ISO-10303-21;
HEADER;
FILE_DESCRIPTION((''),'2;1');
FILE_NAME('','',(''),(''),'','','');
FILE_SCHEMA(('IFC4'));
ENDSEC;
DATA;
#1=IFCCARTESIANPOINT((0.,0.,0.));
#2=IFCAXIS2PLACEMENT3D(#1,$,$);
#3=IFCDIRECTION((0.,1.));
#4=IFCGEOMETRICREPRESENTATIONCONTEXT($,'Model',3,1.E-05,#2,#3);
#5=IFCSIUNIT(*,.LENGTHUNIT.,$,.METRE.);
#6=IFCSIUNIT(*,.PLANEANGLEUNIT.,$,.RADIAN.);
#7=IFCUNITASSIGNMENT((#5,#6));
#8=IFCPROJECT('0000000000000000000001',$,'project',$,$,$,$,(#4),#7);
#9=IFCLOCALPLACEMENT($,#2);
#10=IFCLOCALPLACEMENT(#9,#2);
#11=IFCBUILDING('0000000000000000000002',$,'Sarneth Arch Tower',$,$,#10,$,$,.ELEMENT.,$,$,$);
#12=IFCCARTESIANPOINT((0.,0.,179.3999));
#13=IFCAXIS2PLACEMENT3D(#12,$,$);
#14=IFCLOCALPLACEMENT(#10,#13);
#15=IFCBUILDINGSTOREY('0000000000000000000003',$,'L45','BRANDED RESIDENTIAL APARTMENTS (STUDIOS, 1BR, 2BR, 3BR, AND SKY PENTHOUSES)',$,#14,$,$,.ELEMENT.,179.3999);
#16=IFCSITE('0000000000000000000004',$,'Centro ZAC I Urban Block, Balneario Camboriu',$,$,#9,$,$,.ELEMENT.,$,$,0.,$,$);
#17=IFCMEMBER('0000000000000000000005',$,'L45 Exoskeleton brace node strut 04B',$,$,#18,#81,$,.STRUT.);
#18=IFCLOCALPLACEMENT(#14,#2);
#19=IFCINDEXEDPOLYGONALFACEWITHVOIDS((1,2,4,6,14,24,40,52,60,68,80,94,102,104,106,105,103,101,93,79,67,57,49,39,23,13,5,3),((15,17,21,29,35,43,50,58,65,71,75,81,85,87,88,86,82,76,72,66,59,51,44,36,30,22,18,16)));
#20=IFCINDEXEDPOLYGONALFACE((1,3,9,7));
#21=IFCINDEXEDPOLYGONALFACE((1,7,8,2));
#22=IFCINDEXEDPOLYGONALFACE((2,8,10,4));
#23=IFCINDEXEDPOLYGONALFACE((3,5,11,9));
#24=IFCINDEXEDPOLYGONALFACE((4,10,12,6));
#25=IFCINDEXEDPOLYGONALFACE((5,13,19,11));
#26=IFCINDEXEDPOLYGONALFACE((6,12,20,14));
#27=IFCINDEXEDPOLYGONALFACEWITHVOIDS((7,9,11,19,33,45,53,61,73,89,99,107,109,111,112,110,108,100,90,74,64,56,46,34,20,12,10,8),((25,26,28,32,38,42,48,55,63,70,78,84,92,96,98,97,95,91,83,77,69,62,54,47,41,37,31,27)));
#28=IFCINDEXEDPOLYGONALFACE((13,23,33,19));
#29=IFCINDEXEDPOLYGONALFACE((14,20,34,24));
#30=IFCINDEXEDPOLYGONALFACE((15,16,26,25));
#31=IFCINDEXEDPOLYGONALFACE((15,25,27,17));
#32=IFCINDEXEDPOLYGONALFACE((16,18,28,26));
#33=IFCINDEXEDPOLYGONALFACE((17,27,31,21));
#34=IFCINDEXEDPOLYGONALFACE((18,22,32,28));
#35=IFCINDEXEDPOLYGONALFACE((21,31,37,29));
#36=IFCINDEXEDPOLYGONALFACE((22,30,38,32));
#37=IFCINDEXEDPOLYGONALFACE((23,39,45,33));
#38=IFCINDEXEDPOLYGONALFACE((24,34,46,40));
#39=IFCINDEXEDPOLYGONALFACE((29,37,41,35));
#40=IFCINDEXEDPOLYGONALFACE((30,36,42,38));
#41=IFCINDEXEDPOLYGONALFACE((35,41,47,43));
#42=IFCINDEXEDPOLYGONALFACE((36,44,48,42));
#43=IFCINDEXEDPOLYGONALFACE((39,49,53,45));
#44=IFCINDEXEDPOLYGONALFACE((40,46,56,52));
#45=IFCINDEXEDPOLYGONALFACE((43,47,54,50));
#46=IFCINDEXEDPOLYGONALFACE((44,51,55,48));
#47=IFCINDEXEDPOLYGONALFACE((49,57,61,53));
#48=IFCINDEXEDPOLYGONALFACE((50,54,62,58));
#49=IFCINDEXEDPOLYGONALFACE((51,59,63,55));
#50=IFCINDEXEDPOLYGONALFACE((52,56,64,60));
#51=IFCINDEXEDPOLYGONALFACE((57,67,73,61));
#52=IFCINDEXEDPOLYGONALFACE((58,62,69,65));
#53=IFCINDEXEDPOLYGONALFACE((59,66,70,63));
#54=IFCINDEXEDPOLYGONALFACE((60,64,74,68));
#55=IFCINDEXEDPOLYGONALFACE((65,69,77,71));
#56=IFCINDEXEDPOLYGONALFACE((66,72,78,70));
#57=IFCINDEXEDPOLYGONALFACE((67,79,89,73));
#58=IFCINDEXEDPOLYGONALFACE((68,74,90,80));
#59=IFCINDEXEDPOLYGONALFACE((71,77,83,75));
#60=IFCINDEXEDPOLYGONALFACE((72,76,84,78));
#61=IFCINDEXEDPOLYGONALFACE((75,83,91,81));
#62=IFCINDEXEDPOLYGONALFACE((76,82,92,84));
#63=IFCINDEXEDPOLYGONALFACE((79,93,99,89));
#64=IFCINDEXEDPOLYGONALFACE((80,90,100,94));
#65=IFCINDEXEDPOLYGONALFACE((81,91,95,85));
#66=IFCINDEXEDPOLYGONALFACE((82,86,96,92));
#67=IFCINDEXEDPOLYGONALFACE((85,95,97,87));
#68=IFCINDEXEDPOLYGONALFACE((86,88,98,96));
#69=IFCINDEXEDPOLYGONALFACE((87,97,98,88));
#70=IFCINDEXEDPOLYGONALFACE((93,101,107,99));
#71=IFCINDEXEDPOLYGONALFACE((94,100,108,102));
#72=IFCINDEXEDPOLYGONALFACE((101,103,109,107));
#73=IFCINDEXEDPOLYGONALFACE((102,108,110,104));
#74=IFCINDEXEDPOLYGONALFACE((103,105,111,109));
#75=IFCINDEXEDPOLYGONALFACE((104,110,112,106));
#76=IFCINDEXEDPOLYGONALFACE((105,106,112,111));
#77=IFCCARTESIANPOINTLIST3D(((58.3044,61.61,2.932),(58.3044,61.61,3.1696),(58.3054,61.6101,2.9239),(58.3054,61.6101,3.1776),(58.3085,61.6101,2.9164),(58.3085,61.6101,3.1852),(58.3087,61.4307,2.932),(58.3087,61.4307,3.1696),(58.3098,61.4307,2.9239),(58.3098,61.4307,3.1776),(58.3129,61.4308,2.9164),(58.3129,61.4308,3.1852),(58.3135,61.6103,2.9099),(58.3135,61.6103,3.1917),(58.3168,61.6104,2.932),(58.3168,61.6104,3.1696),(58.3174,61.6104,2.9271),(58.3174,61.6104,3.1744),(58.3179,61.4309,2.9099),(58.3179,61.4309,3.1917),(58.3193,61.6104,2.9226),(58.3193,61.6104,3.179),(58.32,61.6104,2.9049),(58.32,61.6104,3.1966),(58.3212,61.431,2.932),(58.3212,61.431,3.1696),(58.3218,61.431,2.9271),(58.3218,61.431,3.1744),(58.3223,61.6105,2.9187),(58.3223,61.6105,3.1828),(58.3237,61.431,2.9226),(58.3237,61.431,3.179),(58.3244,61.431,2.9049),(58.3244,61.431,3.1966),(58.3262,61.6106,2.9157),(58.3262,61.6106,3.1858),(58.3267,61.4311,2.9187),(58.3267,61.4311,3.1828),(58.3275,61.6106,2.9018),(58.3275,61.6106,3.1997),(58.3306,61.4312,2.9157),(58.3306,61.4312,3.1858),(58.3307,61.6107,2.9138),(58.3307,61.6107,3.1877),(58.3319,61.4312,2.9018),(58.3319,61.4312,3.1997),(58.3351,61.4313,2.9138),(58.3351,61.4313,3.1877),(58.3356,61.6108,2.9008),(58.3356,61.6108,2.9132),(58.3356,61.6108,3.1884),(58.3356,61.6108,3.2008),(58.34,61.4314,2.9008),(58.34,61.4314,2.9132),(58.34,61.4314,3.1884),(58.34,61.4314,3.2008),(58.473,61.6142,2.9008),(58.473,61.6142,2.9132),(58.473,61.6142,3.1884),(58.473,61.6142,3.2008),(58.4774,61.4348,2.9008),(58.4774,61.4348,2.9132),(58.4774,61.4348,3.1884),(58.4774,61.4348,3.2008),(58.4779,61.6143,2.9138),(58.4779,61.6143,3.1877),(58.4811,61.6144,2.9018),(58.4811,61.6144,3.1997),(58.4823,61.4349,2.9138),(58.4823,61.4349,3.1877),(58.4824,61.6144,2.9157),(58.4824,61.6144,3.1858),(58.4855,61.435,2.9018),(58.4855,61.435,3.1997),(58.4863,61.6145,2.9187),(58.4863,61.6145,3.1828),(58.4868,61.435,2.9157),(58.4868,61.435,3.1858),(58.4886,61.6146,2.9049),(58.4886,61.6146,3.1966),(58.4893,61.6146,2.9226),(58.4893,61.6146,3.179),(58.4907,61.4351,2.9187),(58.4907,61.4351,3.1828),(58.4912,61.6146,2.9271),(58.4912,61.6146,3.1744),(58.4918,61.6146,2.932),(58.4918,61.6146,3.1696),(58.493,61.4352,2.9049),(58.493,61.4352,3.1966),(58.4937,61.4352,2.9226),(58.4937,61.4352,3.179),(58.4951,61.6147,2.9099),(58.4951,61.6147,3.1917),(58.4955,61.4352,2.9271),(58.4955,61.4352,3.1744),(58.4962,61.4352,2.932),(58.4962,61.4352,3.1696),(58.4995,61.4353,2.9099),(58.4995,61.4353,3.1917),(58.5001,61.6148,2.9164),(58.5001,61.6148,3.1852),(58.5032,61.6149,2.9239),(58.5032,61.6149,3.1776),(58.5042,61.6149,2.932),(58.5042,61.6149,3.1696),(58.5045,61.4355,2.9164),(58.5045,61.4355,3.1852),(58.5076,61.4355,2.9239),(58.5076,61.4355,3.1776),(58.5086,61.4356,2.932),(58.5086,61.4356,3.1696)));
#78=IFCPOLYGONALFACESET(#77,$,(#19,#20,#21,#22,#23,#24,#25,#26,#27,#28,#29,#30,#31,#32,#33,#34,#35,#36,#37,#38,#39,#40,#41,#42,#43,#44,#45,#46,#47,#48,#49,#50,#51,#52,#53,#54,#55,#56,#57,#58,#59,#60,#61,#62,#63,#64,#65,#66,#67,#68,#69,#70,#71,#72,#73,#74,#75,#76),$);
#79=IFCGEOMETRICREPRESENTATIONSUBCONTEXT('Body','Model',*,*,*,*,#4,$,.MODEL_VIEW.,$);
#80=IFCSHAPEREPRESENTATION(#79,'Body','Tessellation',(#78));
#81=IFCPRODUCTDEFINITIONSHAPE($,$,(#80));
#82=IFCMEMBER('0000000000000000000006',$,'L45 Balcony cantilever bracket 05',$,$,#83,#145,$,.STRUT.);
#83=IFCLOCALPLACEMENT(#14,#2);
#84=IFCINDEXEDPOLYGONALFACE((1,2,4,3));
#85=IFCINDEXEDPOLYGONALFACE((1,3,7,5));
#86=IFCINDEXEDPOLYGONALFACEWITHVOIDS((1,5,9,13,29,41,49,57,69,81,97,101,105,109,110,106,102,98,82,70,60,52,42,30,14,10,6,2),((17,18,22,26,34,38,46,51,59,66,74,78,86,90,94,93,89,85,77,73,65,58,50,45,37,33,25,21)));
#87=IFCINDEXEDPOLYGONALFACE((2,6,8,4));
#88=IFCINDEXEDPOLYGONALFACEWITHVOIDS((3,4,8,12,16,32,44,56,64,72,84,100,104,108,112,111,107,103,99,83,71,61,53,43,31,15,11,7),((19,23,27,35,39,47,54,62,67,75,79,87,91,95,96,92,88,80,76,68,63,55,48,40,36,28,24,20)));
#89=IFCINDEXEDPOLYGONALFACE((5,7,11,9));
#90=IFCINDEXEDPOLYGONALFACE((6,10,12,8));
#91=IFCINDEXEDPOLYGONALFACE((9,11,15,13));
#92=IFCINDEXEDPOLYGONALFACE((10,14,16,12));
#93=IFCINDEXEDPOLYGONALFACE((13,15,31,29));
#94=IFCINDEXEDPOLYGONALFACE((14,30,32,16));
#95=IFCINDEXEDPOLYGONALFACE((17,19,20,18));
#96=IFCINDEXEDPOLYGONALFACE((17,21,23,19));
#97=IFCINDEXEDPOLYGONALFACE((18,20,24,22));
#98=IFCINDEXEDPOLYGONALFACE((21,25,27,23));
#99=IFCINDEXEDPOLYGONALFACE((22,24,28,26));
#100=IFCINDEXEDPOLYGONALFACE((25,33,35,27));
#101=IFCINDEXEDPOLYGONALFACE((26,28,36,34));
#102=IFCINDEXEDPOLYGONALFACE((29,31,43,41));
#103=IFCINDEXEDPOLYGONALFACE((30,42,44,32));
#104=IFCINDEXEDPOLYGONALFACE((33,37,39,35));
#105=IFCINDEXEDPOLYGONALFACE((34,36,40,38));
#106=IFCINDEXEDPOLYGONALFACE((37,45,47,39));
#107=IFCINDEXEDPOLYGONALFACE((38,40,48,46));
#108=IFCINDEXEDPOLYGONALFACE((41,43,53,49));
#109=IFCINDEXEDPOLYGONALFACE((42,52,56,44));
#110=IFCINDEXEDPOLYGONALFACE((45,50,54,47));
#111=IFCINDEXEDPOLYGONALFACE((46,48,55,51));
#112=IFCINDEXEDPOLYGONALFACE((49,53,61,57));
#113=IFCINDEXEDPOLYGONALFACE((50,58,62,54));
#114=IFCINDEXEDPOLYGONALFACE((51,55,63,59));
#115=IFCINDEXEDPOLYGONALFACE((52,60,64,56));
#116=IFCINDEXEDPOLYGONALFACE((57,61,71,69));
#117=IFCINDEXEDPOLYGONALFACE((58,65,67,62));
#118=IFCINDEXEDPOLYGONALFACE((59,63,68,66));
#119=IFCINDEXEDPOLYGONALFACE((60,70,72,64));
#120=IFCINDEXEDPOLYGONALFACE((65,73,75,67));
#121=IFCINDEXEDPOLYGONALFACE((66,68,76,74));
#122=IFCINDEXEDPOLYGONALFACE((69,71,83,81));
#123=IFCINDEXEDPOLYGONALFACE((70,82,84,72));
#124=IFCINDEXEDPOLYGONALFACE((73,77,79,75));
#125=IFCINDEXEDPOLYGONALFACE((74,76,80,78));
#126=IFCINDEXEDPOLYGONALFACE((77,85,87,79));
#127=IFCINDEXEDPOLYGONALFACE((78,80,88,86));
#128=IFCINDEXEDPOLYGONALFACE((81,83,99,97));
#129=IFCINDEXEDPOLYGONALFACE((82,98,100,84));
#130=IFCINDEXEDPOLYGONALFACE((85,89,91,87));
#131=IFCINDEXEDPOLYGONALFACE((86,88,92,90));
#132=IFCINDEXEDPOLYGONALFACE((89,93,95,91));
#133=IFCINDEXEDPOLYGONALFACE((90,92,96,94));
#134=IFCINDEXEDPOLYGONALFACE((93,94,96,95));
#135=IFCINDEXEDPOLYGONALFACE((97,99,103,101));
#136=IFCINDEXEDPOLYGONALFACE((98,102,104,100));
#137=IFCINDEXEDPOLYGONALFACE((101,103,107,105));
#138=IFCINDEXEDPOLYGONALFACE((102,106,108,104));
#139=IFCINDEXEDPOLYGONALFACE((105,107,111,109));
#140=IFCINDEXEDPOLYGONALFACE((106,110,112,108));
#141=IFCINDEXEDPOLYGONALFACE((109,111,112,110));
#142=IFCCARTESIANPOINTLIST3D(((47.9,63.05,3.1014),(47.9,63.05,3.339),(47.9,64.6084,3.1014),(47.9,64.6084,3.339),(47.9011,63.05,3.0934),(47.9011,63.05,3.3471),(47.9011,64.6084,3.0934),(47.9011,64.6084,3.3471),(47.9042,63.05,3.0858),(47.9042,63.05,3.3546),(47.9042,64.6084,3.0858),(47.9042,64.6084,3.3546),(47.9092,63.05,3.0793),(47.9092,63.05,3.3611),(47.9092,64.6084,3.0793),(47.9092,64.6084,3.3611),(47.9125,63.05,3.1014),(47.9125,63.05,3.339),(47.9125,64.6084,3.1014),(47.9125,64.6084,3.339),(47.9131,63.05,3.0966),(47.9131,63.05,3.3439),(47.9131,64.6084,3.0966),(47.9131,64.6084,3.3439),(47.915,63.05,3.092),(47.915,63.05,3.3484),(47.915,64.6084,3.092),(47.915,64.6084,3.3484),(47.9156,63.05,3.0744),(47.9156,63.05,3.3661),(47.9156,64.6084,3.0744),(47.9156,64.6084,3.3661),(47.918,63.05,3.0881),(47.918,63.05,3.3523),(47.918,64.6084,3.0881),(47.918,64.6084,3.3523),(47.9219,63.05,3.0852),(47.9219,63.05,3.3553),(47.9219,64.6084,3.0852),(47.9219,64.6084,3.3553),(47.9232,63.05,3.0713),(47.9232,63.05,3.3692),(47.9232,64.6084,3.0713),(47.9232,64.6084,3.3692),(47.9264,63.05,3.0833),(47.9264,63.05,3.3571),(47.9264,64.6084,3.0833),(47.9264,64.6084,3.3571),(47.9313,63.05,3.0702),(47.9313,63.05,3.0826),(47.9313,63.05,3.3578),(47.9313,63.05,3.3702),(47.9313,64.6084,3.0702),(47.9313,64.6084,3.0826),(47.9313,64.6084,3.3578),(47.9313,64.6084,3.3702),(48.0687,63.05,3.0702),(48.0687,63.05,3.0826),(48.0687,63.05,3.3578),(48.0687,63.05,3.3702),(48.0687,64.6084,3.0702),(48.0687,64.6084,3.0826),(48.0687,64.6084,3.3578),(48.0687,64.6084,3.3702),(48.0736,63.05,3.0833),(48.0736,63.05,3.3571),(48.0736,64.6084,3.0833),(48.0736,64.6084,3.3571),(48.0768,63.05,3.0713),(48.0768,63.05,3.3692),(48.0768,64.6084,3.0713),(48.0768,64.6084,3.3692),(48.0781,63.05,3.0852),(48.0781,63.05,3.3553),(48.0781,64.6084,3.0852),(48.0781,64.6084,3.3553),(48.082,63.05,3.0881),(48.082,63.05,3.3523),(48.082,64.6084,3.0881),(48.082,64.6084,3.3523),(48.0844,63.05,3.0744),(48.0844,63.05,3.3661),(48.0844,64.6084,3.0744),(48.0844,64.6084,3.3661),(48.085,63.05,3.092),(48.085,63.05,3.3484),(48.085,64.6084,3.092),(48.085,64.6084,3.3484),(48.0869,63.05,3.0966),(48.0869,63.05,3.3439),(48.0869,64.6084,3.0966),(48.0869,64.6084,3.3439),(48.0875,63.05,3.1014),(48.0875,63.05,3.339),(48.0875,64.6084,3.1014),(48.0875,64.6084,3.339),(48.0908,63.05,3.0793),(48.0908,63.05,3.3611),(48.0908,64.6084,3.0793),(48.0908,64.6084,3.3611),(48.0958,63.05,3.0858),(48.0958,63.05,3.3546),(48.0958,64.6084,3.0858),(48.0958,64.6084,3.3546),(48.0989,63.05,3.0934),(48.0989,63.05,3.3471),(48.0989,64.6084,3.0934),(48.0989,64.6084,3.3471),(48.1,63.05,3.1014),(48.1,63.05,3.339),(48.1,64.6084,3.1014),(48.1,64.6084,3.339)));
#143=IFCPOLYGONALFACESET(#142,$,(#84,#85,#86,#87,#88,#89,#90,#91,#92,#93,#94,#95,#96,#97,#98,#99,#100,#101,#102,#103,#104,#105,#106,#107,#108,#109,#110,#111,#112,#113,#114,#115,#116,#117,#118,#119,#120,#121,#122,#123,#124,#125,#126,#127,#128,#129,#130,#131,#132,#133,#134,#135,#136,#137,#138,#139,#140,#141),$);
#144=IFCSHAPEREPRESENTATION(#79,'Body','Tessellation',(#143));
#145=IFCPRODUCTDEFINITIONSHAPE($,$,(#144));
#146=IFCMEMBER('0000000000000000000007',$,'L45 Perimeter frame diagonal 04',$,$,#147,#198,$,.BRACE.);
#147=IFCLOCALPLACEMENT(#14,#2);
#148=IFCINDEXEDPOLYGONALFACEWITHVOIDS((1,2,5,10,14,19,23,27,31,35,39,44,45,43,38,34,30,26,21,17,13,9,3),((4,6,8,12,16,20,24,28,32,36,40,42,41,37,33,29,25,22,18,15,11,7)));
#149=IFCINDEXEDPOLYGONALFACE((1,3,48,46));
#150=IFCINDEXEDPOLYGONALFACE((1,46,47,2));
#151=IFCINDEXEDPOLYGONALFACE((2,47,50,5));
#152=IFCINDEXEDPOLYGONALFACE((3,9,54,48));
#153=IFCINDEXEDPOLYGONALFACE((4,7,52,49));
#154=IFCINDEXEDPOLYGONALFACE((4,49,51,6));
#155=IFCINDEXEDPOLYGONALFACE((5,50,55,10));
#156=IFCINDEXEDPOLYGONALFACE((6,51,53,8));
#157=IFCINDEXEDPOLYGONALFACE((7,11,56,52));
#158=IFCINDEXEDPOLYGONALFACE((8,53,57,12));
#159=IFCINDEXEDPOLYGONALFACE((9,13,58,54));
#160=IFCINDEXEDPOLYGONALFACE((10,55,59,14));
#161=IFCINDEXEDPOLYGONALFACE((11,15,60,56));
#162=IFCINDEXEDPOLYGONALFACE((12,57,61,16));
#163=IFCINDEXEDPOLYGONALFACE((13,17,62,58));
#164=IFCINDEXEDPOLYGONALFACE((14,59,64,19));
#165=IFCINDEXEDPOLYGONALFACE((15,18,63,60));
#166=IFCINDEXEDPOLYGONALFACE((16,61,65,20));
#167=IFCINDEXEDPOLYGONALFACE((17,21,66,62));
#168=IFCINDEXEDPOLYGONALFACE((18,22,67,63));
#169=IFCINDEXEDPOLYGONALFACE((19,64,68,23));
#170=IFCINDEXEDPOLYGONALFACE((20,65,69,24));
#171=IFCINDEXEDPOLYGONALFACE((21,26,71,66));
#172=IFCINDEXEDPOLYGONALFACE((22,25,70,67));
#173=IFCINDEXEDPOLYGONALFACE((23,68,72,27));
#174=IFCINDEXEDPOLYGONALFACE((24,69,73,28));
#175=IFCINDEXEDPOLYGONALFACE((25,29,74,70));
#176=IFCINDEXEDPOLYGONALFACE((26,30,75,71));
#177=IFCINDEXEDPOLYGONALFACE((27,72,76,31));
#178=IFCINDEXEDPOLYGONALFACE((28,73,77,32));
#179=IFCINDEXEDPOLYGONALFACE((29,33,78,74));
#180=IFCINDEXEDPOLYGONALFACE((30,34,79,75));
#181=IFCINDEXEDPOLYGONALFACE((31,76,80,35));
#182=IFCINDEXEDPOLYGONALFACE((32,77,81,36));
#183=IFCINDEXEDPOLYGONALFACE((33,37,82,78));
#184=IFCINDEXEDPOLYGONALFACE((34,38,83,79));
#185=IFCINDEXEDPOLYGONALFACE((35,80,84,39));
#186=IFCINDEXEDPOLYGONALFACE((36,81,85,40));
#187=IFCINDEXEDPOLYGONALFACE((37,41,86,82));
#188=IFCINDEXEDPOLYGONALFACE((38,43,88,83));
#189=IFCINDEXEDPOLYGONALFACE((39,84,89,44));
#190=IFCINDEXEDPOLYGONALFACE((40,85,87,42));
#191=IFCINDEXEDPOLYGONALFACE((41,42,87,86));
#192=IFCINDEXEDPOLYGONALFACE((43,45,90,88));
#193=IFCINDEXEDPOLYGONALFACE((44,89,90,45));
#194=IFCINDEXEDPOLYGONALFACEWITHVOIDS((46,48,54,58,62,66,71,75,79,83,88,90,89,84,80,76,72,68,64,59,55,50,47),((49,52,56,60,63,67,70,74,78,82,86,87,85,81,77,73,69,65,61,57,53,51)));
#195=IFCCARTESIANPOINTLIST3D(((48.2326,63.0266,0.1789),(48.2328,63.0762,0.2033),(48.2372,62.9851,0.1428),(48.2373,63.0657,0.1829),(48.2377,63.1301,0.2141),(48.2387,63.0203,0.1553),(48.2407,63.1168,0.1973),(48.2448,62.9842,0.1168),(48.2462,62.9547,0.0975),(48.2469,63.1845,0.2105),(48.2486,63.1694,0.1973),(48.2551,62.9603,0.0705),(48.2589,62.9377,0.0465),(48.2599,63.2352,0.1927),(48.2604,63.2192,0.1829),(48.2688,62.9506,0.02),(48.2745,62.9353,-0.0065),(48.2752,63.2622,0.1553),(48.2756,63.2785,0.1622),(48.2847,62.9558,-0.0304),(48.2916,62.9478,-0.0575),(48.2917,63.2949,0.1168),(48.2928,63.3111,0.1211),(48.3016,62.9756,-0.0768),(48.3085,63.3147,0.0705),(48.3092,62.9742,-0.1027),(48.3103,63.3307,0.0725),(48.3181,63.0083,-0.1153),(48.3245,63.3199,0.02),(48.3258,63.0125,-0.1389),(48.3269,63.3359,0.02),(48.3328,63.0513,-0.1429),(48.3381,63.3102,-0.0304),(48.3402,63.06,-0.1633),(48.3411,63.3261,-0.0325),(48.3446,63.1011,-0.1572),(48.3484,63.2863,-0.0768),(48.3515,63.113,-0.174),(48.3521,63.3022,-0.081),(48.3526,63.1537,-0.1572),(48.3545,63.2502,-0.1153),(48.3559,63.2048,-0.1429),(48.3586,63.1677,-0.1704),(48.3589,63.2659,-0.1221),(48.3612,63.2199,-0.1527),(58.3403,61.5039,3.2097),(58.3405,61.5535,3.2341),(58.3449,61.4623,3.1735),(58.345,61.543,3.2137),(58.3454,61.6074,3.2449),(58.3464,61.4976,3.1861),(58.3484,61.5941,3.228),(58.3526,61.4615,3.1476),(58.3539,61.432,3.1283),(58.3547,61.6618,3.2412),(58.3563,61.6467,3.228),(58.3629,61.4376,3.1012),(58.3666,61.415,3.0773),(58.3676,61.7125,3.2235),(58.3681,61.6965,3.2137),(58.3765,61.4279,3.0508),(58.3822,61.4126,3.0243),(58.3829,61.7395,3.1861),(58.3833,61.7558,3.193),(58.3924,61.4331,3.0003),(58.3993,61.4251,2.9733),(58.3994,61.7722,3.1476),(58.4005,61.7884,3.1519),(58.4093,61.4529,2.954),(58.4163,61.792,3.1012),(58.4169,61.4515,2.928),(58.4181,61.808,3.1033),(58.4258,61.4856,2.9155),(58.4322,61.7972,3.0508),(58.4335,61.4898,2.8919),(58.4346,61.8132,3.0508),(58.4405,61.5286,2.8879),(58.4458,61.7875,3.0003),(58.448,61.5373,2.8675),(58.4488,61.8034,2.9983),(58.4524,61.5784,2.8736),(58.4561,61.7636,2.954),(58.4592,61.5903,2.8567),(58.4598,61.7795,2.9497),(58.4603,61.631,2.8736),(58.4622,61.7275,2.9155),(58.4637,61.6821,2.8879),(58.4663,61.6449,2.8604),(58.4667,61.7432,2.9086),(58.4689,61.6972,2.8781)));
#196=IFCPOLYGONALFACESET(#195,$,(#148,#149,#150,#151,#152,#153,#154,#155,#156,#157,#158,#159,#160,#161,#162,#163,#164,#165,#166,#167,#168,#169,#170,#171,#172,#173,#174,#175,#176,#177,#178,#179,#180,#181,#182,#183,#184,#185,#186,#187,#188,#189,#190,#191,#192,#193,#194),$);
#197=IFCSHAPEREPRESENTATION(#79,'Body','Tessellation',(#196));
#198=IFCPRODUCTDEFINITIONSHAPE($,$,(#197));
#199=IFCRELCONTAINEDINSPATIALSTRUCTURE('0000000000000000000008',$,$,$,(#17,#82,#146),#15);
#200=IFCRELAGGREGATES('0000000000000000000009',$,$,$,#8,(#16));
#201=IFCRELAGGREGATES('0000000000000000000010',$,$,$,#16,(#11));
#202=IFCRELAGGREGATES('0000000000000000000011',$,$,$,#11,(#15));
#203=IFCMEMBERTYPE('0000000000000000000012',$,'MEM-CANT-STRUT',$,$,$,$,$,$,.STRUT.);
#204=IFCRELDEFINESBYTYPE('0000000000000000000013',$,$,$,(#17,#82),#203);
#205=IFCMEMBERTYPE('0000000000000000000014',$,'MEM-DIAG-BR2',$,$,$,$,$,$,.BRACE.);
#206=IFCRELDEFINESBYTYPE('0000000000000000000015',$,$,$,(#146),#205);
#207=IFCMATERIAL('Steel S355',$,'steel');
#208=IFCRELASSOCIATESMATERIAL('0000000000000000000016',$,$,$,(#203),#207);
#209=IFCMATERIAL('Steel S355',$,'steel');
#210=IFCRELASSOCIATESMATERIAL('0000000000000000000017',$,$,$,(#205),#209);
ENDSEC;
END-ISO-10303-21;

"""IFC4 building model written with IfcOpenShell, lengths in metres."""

from ifc_helpers import new_model, si_unit, direction, frame, origin, origin_2d, place, context, subcontext, project, spatial, hollow_rectangle, hollow_circle, extrude, material, material_profile, profile_set, type_object, element, save


model = new_model("IFC4")

# Units and contexts
model_context = context("Model", 3, precision=1e-05, world=origin(), true_north=direction((0.0, 1.0)))
body_context = subcontext(model_context, "Body", "Model", "MODEL_VIEW")
ifc_project = project(units=[si_unit("LENGTHUNIT", "METRE"), si_unit("PLANEANGLEUNIT", "RADIAN")], contexts=[model_context])

# Site, building, storey
site_placement = place(None, origin())
site = spatial("IfcSite", under=ifc_project, at=site_placement, Name="Centro ZAC I Urban Block, Balneario Camboriu", CompositionType="ELEMENT", RefElevation=0.0)
building_placement = place(site_placement, origin())
building = spatial("IfcBuilding", under=site, at=building_placement, Name="Sarneth Arch Tower", CompositionType="ELEMENT")
storey_placement = place(building_placement, frame((0.0, 0.0, 179.3999)))
storey = spatial("IfcBuildingStorey", under=building, at=storey_placement, Name="L45", Description="BRANDED RESIDENTIAL APARTMENTS (STUDIOS, 1BR, 2BR, 3BR, AND SKY PENTHOUSES)", CompositionType="ELEMENT", Elevation=179.3999)

# Members
ifc_material_1 = material(Name="Steel S355", Category="steel")
ifc_material_profile_1 = material_profile(ifc_material_1, hollow_rectangle(XDim=0.2, YDim=0.3, WallThickness=0.0125, InnerFilletRadius=0.0188, OuterFilletRadius=0.0312, at=origin_2d()), Name="RHS300x200x12.5")
ifc_profile_set_1 = profile_set([ifc_material_profile_1], Name="Steel S355")
member_type_1 = type_object("IfcMemberType", Name="MEM-CANT-STRUT", PredefinedType="STRUT", material=ifc_profile_set_1)
member_1_placement = place(storey_placement, frame((58.4087, 61.4331, 3.0508), z_axis=(-0.024482, 0.9997, 0.0), x_axis=(-0.9997, -0.024482, 0.0)))
element("IfcMember", 1, at=member_1_placement, inside=storey, type_object=member_type_1, Name="L45 Exoskeleton brace node strut 04B", PredefinedType="STRUT", context=body_context, shape_type="SweptSolid", body=[
    extrude(hollow_rectangle(XDim=0.2, YDim=0.3, WallThickness=0.0125, InnerFilletRadius=0.0188, OuterFilletRadius=0.0312, at=origin_2d()), origin(), (0.0, 0.0, 1.0), 0.1794),
])
member_2_placement = place(storey_placement, frame((48.0, 63.05, 3.2202), z_axis=(0.0, 1.0, 0.0), x_axis=(-1.0, 0.0, 0.0)))
element("IfcMember", 2, at=member_2_placement, inside=storey, type_object=member_type_1, Name="L45 Balcony cantilever bracket 05", PredefinedType="STRUT", context=body_context, shape_type="SweptSolid", body=[
    extrude(hollow_rectangle(XDim=0.2, YDim=0.3, WallThickness=0.0125, InnerFilletRadius=0.0188, OuterFilletRadius=0.0312, at=origin_2d()), origin(), (0.0, 0.0, 1.0), 1.5583),
])
ifc_material_2 = material(Name="Steel S355", Category="steel")
ifc_material_profile_2 = material_profile(ifc_material_2, hollow_circle(Radius=0.2029, WallThickness=0.0161, at=origin_2d()), Name="CHS406x16")
ifc_profile_set_2 = profile_set([ifc_material_profile_2], Name="Steel S355")
member_type_2 = type_object("IfcMemberType", Name="MEM-DIAG-BR2", PredefinedType="BRACE", material=ifc_profile_set_2)
member_3_placement = place(storey_placement, frame((48.2966, 63.1353, 0.02), z_axis=(0.948047, -0.142822, 0.28427), x_axis=(0.148968, 0.988842, 0.0)))
element("IfcMember", 3, at=member_3_placement, inside=storey, type_object=member_type_2, Name="L45 Perimeter frame diagonal 04", PredefinedType="BRACE", context=body_context, shape_type="SweptSolid", body=[
    extrude(hollow_circle(Radius=0.2029, WallThickness=0.0161, at=origin_2d()), origin(), (0.0, 0.0, 1.0), 10.6616),
])

save(model, "model.ifc")
